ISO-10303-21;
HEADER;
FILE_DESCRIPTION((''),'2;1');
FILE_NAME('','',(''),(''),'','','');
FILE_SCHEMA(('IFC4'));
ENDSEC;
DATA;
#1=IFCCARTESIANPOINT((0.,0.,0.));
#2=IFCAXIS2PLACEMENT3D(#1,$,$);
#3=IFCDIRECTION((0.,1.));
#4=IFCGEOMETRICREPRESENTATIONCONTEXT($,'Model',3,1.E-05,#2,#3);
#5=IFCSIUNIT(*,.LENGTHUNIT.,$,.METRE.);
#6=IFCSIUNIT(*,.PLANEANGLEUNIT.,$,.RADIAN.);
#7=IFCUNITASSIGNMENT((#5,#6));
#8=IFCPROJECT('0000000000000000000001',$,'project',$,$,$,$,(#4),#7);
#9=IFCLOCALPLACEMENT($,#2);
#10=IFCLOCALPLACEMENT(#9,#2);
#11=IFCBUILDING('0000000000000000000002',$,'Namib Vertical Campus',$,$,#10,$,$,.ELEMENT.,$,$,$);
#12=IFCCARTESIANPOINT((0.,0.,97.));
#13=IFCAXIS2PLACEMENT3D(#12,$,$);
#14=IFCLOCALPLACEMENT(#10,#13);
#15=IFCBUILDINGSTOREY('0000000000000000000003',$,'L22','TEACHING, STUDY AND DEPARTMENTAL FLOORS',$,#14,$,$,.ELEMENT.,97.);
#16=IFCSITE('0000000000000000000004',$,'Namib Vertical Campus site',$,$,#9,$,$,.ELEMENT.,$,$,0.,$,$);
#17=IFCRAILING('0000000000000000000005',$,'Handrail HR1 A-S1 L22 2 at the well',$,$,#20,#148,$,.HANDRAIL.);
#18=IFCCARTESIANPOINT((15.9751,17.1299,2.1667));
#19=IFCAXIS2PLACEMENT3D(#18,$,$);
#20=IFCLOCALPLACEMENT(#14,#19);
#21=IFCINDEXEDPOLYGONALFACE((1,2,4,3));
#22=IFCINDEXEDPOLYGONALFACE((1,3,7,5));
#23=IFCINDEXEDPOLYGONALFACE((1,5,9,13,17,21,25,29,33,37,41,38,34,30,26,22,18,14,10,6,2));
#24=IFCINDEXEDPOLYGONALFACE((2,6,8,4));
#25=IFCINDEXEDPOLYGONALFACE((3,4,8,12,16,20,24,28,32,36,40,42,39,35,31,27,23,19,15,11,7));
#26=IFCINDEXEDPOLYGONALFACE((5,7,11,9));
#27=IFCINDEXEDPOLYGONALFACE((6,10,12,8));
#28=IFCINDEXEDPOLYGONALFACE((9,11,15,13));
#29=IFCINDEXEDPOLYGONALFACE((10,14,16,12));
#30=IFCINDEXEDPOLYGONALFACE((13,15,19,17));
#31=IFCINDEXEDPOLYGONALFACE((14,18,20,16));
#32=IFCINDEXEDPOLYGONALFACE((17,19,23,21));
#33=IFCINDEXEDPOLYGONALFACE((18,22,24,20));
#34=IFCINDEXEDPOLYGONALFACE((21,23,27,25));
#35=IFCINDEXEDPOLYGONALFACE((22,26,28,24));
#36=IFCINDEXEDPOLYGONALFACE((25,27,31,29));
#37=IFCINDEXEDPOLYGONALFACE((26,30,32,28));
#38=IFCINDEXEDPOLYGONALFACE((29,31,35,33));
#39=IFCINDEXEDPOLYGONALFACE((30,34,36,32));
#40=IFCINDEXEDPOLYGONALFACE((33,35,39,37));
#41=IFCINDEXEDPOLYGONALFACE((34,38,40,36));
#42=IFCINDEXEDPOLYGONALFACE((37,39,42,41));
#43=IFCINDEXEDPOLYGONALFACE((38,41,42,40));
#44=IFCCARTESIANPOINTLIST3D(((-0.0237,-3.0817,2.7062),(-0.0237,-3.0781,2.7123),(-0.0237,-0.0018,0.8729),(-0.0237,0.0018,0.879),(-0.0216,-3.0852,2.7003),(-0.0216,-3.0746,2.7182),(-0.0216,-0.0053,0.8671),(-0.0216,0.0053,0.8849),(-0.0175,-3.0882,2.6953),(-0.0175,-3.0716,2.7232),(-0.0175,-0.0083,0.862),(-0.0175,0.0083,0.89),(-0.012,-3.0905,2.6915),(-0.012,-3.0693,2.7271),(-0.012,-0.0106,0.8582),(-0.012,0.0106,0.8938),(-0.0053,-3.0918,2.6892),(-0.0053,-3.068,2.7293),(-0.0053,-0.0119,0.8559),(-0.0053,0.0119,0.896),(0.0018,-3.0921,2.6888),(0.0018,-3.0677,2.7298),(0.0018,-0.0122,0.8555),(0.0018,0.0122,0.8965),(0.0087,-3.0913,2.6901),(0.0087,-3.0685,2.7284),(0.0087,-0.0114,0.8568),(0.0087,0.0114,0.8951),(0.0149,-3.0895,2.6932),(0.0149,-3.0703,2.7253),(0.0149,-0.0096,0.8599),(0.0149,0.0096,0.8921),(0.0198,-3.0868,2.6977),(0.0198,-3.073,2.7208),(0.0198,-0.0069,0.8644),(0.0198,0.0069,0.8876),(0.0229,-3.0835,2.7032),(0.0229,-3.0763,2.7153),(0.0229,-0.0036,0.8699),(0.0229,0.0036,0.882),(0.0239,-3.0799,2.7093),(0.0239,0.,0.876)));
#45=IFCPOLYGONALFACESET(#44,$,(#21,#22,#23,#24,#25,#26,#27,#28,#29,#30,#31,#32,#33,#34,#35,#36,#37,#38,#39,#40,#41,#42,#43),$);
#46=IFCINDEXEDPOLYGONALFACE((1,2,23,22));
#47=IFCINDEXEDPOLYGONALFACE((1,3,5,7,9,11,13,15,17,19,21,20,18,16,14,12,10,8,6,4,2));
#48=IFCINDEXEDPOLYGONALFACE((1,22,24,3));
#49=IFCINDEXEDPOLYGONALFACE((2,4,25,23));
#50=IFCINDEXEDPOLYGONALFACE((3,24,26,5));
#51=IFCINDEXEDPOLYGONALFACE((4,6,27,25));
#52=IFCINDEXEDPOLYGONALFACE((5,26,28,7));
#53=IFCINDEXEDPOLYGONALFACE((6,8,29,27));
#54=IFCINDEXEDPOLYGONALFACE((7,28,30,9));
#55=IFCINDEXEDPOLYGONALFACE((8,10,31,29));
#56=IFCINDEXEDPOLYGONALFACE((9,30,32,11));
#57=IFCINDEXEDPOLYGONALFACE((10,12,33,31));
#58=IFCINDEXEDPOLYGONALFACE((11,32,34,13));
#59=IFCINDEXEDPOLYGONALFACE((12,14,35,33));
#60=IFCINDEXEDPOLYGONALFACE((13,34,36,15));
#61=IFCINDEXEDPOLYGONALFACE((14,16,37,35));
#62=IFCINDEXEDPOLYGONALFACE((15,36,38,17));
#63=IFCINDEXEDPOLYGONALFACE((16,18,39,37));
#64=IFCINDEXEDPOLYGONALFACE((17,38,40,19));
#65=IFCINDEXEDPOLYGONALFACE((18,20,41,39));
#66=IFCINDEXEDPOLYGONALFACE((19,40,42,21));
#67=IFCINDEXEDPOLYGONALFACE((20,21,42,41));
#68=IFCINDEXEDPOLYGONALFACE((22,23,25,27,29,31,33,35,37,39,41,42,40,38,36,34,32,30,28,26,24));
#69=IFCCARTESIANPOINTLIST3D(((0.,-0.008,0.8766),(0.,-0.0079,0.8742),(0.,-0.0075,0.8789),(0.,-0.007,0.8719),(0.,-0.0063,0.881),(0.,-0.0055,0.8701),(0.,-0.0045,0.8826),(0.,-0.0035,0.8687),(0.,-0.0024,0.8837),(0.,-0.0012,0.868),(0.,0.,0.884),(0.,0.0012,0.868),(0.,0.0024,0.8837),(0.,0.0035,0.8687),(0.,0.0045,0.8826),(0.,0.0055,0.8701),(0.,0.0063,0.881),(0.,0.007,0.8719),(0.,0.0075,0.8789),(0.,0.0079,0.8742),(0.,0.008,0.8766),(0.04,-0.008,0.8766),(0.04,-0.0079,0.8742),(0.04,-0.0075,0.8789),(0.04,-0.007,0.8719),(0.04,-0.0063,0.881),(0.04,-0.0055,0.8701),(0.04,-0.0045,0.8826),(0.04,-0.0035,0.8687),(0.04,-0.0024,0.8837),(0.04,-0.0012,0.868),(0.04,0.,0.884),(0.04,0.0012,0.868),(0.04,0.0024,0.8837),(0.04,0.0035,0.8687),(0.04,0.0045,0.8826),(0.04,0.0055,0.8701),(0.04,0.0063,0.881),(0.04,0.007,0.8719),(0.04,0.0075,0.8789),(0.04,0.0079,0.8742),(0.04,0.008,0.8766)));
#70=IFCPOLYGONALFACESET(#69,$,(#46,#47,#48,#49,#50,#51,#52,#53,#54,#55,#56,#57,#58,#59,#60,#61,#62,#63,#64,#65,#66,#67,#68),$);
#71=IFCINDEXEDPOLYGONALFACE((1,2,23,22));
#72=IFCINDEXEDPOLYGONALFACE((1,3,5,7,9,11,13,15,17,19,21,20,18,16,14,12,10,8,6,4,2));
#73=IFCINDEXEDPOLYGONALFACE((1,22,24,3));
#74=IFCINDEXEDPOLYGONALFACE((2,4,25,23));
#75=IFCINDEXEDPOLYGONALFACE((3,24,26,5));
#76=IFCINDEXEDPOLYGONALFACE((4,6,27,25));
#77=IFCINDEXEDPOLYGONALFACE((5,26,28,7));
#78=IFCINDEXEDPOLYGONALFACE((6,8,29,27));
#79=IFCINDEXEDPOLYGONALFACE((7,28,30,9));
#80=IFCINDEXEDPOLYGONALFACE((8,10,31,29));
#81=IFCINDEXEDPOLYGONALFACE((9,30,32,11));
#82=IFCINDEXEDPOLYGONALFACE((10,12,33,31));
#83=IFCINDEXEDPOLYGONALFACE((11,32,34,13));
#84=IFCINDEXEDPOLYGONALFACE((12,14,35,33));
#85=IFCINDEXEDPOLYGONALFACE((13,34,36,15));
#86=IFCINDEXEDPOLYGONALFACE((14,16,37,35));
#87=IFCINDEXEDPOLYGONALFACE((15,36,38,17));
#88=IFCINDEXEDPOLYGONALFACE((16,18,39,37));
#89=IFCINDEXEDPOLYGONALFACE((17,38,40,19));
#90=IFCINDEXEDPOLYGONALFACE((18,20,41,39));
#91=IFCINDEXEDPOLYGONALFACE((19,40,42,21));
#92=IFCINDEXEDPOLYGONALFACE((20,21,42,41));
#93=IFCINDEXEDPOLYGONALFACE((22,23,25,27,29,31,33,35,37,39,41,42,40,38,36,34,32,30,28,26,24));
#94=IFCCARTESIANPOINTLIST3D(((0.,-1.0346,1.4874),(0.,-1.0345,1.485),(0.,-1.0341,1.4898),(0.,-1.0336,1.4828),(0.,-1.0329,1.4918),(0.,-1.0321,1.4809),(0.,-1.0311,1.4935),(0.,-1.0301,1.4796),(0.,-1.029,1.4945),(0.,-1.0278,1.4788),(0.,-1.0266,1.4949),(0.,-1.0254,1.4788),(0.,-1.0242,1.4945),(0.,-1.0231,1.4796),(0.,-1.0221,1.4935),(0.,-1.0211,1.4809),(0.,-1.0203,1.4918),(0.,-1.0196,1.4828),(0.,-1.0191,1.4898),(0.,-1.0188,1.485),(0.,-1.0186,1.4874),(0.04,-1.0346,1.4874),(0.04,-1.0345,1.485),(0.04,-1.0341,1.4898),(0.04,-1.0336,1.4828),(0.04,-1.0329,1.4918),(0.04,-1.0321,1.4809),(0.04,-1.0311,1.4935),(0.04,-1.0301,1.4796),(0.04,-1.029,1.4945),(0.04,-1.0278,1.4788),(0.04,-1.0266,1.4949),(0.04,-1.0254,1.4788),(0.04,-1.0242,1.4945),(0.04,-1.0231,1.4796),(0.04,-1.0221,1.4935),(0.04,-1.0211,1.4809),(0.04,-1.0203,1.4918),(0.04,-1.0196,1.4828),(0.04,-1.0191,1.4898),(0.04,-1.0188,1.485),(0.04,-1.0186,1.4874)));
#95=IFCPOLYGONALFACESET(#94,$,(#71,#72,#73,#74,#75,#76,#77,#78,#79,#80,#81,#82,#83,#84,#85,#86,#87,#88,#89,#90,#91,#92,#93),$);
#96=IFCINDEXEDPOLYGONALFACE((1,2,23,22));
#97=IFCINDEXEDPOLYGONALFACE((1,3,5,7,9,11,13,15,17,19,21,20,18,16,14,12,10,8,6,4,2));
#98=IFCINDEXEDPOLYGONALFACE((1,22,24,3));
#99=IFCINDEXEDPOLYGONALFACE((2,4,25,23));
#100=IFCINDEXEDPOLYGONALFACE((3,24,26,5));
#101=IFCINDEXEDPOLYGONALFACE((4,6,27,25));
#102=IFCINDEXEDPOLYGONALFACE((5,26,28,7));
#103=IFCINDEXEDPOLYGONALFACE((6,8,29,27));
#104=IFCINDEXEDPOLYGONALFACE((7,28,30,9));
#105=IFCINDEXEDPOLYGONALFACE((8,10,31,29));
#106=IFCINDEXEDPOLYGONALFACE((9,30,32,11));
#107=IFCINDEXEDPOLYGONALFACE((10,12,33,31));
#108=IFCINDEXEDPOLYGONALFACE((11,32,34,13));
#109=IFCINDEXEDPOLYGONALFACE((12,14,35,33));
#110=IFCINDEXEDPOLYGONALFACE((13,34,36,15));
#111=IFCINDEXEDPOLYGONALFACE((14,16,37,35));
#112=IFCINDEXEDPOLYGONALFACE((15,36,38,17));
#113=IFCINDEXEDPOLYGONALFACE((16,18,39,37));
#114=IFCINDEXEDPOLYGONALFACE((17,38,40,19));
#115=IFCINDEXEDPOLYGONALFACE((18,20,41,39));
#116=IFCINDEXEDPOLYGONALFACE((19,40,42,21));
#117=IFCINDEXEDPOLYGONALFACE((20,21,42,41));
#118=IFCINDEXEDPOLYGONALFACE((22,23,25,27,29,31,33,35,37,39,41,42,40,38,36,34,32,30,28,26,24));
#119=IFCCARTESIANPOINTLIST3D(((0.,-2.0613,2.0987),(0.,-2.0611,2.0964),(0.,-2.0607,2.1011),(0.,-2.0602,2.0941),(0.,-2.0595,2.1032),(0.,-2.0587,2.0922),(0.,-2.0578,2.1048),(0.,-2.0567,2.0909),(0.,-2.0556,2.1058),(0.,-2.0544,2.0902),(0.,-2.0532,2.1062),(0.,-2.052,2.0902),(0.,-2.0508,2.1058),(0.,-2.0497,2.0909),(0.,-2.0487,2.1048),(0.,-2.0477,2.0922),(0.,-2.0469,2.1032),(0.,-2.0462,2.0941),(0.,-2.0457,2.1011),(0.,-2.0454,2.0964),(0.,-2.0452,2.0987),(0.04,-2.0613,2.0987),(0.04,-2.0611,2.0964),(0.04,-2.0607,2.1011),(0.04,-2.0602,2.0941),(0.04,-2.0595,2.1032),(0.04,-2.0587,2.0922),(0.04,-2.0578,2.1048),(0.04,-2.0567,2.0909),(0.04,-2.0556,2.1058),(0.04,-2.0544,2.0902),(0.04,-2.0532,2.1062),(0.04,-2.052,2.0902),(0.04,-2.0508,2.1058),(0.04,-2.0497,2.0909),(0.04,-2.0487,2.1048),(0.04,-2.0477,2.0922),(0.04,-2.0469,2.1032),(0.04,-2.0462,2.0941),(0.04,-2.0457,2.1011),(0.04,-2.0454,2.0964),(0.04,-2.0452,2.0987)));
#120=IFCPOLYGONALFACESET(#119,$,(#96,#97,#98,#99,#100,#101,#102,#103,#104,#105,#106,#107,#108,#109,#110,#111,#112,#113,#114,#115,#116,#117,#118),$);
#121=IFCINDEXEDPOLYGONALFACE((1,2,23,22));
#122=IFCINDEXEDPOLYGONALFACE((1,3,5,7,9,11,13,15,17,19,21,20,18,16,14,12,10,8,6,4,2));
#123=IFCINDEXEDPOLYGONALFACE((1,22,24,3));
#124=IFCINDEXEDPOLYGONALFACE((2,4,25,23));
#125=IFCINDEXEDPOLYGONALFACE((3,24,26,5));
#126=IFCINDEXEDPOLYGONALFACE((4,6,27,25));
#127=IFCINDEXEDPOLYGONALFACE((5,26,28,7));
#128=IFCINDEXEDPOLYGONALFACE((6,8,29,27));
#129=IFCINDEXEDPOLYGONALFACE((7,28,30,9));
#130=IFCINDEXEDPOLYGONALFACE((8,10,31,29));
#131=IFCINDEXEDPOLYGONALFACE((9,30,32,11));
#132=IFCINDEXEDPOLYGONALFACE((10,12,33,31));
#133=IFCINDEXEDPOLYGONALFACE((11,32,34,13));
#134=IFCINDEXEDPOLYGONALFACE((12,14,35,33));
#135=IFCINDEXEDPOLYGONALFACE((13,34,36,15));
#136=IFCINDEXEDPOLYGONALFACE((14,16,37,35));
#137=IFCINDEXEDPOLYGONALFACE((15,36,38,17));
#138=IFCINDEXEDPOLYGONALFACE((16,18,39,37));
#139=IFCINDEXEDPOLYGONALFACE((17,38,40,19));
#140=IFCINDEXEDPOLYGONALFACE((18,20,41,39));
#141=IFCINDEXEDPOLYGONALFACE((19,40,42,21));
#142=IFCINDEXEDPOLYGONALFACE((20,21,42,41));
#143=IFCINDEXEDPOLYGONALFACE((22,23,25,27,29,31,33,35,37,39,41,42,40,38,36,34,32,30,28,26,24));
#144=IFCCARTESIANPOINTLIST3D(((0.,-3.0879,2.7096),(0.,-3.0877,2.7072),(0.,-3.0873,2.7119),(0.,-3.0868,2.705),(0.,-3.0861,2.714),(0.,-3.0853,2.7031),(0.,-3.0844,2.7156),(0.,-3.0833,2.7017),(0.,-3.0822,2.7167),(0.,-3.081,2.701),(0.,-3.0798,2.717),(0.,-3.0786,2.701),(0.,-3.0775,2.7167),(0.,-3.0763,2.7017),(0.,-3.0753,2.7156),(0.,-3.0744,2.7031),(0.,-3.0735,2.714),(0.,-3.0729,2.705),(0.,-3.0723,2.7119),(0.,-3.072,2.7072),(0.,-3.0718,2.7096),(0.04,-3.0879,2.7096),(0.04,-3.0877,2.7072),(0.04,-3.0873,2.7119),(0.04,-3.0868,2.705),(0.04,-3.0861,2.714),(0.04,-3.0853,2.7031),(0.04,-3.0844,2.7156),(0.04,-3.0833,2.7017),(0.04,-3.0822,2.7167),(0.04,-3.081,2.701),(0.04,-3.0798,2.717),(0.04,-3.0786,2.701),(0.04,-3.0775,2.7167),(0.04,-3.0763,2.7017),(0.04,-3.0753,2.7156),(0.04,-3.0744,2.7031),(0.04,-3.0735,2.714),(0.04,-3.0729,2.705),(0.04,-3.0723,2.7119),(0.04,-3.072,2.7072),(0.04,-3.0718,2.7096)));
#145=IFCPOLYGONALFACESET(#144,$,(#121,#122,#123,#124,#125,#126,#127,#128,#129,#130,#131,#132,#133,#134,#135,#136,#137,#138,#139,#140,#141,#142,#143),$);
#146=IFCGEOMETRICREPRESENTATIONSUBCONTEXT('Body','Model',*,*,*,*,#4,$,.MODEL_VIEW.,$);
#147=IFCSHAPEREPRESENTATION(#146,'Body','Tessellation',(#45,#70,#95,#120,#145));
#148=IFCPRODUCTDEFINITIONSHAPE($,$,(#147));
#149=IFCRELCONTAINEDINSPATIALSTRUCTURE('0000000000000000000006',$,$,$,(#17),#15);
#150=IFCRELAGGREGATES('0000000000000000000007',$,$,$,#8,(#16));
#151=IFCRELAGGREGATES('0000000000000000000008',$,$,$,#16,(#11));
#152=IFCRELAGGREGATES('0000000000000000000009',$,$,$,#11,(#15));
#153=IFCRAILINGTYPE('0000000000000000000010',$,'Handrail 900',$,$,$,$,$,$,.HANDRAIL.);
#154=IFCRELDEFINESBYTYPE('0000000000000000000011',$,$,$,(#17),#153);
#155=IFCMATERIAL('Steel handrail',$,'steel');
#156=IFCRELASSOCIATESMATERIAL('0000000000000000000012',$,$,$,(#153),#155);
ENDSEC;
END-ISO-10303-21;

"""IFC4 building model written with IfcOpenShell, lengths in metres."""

from ifc_helpers import new_model, si_unit, direction, frame, origin, origin_2d, place, context, subcontext, project, spatial, circle, extrude, material, type_object, element, save


model = new_model("IFC4")

# Units and contexts
model_context = context("Model", 3, precision=1e-05, world=origin(), true_north=direction((0.0, 1.0)))
body_context = subcontext(model_context, "Body", "Model", "MODEL_VIEW")
ifc_project = project(units=[si_unit("LENGTHUNIT", "METRE"), si_unit("PLANEANGLEUNIT", "RADIAN")], contexts=[model_context])

# Site, building, storey
site_placement = place(None, origin())
site = spatial("IfcSite", under=ifc_project, at=site_placement, Name="Namib Vertical Campus site", CompositionType="ELEMENT", RefElevation=0.0)
building_placement = place(site_placement, origin())
building = spatial("IfcBuilding", under=site, at=building_placement, Name="Namib Vertical Campus", CompositionType="ELEMENT")
storey_placement = place(building_placement, frame((0.0, 0.0, 97.0)))
storey = spatial("IfcBuildingStorey", under=building, at=storey_placement, Name="L22", Description="TEACHING, STUDY AND DEPARTMENTAL FLOORS", CompositionType="ELEMENT", Elevation=97.0)

# Railing
ifc_material_1 = material(Name="Steel handrail", Category="steel")
railing_type_1 = type_object("IfcRailingType", Name="Handrail 900", PredefinedType="HANDRAIL", material=ifc_material_1)
railing_1_placement = place(storey_placement, frame((15.9751, 17.1299, 2.1667)))
element("IfcRailing", 1, at=railing_1_placement, inside=storey, type_object=railing_type_1, Name="Handrail HR1 A-S1 L22 2 at the well", PredefinedType="HANDRAIL", context=body_context, shape_type="SweptSolid", body=[
    extrude(circle(Radius=0.0239, at=origin_2d()), frame((0.0, 0.0, 0.876), z_axis=(0.0, -0.859291, 0.511487), x_axis=(1.0, 0.0, 0.0)), (0.0, 0.0, 1.0), 3.5842),
    extrude(circle(Radius=0.0081, at=origin_2d()), frame((0.0, 0.0, 0.876), z_axis=(1.0, 0.0, 0.0), x_axis=(0.0, 0.0, 1.0)), (0.0, 0.0, 1.0), 0.04),
    extrude(circle(Radius=0.0081, at=origin_2d()), frame((0.0, -1.0266, 1.4868), z_axis=(1.0, 0.0, 0.0), x_axis=(0.0, 0.0, 1.0)), (0.0, 0.0, 1.0), 0.04),
    extrude(circle(Radius=0.0081, at=origin_2d()), frame((0.0, -2.0532, 2.0981), z_axis=(1.0, 0.0, 0.0), x_axis=(0.0, 0.0, 1.0)), (0.0, 0.0, 1.0), 0.04),
    extrude(circle(Radius=0.0081, at=origin_2d()), frame((0.0, -3.0798, 2.709), z_axis=(1.0, 0.0, 0.0), x_axis=(0.0, 0.0, 1.0)), (0.0, 0.0, 1.0), 0.04),
])

save(model, "model.ifc")
